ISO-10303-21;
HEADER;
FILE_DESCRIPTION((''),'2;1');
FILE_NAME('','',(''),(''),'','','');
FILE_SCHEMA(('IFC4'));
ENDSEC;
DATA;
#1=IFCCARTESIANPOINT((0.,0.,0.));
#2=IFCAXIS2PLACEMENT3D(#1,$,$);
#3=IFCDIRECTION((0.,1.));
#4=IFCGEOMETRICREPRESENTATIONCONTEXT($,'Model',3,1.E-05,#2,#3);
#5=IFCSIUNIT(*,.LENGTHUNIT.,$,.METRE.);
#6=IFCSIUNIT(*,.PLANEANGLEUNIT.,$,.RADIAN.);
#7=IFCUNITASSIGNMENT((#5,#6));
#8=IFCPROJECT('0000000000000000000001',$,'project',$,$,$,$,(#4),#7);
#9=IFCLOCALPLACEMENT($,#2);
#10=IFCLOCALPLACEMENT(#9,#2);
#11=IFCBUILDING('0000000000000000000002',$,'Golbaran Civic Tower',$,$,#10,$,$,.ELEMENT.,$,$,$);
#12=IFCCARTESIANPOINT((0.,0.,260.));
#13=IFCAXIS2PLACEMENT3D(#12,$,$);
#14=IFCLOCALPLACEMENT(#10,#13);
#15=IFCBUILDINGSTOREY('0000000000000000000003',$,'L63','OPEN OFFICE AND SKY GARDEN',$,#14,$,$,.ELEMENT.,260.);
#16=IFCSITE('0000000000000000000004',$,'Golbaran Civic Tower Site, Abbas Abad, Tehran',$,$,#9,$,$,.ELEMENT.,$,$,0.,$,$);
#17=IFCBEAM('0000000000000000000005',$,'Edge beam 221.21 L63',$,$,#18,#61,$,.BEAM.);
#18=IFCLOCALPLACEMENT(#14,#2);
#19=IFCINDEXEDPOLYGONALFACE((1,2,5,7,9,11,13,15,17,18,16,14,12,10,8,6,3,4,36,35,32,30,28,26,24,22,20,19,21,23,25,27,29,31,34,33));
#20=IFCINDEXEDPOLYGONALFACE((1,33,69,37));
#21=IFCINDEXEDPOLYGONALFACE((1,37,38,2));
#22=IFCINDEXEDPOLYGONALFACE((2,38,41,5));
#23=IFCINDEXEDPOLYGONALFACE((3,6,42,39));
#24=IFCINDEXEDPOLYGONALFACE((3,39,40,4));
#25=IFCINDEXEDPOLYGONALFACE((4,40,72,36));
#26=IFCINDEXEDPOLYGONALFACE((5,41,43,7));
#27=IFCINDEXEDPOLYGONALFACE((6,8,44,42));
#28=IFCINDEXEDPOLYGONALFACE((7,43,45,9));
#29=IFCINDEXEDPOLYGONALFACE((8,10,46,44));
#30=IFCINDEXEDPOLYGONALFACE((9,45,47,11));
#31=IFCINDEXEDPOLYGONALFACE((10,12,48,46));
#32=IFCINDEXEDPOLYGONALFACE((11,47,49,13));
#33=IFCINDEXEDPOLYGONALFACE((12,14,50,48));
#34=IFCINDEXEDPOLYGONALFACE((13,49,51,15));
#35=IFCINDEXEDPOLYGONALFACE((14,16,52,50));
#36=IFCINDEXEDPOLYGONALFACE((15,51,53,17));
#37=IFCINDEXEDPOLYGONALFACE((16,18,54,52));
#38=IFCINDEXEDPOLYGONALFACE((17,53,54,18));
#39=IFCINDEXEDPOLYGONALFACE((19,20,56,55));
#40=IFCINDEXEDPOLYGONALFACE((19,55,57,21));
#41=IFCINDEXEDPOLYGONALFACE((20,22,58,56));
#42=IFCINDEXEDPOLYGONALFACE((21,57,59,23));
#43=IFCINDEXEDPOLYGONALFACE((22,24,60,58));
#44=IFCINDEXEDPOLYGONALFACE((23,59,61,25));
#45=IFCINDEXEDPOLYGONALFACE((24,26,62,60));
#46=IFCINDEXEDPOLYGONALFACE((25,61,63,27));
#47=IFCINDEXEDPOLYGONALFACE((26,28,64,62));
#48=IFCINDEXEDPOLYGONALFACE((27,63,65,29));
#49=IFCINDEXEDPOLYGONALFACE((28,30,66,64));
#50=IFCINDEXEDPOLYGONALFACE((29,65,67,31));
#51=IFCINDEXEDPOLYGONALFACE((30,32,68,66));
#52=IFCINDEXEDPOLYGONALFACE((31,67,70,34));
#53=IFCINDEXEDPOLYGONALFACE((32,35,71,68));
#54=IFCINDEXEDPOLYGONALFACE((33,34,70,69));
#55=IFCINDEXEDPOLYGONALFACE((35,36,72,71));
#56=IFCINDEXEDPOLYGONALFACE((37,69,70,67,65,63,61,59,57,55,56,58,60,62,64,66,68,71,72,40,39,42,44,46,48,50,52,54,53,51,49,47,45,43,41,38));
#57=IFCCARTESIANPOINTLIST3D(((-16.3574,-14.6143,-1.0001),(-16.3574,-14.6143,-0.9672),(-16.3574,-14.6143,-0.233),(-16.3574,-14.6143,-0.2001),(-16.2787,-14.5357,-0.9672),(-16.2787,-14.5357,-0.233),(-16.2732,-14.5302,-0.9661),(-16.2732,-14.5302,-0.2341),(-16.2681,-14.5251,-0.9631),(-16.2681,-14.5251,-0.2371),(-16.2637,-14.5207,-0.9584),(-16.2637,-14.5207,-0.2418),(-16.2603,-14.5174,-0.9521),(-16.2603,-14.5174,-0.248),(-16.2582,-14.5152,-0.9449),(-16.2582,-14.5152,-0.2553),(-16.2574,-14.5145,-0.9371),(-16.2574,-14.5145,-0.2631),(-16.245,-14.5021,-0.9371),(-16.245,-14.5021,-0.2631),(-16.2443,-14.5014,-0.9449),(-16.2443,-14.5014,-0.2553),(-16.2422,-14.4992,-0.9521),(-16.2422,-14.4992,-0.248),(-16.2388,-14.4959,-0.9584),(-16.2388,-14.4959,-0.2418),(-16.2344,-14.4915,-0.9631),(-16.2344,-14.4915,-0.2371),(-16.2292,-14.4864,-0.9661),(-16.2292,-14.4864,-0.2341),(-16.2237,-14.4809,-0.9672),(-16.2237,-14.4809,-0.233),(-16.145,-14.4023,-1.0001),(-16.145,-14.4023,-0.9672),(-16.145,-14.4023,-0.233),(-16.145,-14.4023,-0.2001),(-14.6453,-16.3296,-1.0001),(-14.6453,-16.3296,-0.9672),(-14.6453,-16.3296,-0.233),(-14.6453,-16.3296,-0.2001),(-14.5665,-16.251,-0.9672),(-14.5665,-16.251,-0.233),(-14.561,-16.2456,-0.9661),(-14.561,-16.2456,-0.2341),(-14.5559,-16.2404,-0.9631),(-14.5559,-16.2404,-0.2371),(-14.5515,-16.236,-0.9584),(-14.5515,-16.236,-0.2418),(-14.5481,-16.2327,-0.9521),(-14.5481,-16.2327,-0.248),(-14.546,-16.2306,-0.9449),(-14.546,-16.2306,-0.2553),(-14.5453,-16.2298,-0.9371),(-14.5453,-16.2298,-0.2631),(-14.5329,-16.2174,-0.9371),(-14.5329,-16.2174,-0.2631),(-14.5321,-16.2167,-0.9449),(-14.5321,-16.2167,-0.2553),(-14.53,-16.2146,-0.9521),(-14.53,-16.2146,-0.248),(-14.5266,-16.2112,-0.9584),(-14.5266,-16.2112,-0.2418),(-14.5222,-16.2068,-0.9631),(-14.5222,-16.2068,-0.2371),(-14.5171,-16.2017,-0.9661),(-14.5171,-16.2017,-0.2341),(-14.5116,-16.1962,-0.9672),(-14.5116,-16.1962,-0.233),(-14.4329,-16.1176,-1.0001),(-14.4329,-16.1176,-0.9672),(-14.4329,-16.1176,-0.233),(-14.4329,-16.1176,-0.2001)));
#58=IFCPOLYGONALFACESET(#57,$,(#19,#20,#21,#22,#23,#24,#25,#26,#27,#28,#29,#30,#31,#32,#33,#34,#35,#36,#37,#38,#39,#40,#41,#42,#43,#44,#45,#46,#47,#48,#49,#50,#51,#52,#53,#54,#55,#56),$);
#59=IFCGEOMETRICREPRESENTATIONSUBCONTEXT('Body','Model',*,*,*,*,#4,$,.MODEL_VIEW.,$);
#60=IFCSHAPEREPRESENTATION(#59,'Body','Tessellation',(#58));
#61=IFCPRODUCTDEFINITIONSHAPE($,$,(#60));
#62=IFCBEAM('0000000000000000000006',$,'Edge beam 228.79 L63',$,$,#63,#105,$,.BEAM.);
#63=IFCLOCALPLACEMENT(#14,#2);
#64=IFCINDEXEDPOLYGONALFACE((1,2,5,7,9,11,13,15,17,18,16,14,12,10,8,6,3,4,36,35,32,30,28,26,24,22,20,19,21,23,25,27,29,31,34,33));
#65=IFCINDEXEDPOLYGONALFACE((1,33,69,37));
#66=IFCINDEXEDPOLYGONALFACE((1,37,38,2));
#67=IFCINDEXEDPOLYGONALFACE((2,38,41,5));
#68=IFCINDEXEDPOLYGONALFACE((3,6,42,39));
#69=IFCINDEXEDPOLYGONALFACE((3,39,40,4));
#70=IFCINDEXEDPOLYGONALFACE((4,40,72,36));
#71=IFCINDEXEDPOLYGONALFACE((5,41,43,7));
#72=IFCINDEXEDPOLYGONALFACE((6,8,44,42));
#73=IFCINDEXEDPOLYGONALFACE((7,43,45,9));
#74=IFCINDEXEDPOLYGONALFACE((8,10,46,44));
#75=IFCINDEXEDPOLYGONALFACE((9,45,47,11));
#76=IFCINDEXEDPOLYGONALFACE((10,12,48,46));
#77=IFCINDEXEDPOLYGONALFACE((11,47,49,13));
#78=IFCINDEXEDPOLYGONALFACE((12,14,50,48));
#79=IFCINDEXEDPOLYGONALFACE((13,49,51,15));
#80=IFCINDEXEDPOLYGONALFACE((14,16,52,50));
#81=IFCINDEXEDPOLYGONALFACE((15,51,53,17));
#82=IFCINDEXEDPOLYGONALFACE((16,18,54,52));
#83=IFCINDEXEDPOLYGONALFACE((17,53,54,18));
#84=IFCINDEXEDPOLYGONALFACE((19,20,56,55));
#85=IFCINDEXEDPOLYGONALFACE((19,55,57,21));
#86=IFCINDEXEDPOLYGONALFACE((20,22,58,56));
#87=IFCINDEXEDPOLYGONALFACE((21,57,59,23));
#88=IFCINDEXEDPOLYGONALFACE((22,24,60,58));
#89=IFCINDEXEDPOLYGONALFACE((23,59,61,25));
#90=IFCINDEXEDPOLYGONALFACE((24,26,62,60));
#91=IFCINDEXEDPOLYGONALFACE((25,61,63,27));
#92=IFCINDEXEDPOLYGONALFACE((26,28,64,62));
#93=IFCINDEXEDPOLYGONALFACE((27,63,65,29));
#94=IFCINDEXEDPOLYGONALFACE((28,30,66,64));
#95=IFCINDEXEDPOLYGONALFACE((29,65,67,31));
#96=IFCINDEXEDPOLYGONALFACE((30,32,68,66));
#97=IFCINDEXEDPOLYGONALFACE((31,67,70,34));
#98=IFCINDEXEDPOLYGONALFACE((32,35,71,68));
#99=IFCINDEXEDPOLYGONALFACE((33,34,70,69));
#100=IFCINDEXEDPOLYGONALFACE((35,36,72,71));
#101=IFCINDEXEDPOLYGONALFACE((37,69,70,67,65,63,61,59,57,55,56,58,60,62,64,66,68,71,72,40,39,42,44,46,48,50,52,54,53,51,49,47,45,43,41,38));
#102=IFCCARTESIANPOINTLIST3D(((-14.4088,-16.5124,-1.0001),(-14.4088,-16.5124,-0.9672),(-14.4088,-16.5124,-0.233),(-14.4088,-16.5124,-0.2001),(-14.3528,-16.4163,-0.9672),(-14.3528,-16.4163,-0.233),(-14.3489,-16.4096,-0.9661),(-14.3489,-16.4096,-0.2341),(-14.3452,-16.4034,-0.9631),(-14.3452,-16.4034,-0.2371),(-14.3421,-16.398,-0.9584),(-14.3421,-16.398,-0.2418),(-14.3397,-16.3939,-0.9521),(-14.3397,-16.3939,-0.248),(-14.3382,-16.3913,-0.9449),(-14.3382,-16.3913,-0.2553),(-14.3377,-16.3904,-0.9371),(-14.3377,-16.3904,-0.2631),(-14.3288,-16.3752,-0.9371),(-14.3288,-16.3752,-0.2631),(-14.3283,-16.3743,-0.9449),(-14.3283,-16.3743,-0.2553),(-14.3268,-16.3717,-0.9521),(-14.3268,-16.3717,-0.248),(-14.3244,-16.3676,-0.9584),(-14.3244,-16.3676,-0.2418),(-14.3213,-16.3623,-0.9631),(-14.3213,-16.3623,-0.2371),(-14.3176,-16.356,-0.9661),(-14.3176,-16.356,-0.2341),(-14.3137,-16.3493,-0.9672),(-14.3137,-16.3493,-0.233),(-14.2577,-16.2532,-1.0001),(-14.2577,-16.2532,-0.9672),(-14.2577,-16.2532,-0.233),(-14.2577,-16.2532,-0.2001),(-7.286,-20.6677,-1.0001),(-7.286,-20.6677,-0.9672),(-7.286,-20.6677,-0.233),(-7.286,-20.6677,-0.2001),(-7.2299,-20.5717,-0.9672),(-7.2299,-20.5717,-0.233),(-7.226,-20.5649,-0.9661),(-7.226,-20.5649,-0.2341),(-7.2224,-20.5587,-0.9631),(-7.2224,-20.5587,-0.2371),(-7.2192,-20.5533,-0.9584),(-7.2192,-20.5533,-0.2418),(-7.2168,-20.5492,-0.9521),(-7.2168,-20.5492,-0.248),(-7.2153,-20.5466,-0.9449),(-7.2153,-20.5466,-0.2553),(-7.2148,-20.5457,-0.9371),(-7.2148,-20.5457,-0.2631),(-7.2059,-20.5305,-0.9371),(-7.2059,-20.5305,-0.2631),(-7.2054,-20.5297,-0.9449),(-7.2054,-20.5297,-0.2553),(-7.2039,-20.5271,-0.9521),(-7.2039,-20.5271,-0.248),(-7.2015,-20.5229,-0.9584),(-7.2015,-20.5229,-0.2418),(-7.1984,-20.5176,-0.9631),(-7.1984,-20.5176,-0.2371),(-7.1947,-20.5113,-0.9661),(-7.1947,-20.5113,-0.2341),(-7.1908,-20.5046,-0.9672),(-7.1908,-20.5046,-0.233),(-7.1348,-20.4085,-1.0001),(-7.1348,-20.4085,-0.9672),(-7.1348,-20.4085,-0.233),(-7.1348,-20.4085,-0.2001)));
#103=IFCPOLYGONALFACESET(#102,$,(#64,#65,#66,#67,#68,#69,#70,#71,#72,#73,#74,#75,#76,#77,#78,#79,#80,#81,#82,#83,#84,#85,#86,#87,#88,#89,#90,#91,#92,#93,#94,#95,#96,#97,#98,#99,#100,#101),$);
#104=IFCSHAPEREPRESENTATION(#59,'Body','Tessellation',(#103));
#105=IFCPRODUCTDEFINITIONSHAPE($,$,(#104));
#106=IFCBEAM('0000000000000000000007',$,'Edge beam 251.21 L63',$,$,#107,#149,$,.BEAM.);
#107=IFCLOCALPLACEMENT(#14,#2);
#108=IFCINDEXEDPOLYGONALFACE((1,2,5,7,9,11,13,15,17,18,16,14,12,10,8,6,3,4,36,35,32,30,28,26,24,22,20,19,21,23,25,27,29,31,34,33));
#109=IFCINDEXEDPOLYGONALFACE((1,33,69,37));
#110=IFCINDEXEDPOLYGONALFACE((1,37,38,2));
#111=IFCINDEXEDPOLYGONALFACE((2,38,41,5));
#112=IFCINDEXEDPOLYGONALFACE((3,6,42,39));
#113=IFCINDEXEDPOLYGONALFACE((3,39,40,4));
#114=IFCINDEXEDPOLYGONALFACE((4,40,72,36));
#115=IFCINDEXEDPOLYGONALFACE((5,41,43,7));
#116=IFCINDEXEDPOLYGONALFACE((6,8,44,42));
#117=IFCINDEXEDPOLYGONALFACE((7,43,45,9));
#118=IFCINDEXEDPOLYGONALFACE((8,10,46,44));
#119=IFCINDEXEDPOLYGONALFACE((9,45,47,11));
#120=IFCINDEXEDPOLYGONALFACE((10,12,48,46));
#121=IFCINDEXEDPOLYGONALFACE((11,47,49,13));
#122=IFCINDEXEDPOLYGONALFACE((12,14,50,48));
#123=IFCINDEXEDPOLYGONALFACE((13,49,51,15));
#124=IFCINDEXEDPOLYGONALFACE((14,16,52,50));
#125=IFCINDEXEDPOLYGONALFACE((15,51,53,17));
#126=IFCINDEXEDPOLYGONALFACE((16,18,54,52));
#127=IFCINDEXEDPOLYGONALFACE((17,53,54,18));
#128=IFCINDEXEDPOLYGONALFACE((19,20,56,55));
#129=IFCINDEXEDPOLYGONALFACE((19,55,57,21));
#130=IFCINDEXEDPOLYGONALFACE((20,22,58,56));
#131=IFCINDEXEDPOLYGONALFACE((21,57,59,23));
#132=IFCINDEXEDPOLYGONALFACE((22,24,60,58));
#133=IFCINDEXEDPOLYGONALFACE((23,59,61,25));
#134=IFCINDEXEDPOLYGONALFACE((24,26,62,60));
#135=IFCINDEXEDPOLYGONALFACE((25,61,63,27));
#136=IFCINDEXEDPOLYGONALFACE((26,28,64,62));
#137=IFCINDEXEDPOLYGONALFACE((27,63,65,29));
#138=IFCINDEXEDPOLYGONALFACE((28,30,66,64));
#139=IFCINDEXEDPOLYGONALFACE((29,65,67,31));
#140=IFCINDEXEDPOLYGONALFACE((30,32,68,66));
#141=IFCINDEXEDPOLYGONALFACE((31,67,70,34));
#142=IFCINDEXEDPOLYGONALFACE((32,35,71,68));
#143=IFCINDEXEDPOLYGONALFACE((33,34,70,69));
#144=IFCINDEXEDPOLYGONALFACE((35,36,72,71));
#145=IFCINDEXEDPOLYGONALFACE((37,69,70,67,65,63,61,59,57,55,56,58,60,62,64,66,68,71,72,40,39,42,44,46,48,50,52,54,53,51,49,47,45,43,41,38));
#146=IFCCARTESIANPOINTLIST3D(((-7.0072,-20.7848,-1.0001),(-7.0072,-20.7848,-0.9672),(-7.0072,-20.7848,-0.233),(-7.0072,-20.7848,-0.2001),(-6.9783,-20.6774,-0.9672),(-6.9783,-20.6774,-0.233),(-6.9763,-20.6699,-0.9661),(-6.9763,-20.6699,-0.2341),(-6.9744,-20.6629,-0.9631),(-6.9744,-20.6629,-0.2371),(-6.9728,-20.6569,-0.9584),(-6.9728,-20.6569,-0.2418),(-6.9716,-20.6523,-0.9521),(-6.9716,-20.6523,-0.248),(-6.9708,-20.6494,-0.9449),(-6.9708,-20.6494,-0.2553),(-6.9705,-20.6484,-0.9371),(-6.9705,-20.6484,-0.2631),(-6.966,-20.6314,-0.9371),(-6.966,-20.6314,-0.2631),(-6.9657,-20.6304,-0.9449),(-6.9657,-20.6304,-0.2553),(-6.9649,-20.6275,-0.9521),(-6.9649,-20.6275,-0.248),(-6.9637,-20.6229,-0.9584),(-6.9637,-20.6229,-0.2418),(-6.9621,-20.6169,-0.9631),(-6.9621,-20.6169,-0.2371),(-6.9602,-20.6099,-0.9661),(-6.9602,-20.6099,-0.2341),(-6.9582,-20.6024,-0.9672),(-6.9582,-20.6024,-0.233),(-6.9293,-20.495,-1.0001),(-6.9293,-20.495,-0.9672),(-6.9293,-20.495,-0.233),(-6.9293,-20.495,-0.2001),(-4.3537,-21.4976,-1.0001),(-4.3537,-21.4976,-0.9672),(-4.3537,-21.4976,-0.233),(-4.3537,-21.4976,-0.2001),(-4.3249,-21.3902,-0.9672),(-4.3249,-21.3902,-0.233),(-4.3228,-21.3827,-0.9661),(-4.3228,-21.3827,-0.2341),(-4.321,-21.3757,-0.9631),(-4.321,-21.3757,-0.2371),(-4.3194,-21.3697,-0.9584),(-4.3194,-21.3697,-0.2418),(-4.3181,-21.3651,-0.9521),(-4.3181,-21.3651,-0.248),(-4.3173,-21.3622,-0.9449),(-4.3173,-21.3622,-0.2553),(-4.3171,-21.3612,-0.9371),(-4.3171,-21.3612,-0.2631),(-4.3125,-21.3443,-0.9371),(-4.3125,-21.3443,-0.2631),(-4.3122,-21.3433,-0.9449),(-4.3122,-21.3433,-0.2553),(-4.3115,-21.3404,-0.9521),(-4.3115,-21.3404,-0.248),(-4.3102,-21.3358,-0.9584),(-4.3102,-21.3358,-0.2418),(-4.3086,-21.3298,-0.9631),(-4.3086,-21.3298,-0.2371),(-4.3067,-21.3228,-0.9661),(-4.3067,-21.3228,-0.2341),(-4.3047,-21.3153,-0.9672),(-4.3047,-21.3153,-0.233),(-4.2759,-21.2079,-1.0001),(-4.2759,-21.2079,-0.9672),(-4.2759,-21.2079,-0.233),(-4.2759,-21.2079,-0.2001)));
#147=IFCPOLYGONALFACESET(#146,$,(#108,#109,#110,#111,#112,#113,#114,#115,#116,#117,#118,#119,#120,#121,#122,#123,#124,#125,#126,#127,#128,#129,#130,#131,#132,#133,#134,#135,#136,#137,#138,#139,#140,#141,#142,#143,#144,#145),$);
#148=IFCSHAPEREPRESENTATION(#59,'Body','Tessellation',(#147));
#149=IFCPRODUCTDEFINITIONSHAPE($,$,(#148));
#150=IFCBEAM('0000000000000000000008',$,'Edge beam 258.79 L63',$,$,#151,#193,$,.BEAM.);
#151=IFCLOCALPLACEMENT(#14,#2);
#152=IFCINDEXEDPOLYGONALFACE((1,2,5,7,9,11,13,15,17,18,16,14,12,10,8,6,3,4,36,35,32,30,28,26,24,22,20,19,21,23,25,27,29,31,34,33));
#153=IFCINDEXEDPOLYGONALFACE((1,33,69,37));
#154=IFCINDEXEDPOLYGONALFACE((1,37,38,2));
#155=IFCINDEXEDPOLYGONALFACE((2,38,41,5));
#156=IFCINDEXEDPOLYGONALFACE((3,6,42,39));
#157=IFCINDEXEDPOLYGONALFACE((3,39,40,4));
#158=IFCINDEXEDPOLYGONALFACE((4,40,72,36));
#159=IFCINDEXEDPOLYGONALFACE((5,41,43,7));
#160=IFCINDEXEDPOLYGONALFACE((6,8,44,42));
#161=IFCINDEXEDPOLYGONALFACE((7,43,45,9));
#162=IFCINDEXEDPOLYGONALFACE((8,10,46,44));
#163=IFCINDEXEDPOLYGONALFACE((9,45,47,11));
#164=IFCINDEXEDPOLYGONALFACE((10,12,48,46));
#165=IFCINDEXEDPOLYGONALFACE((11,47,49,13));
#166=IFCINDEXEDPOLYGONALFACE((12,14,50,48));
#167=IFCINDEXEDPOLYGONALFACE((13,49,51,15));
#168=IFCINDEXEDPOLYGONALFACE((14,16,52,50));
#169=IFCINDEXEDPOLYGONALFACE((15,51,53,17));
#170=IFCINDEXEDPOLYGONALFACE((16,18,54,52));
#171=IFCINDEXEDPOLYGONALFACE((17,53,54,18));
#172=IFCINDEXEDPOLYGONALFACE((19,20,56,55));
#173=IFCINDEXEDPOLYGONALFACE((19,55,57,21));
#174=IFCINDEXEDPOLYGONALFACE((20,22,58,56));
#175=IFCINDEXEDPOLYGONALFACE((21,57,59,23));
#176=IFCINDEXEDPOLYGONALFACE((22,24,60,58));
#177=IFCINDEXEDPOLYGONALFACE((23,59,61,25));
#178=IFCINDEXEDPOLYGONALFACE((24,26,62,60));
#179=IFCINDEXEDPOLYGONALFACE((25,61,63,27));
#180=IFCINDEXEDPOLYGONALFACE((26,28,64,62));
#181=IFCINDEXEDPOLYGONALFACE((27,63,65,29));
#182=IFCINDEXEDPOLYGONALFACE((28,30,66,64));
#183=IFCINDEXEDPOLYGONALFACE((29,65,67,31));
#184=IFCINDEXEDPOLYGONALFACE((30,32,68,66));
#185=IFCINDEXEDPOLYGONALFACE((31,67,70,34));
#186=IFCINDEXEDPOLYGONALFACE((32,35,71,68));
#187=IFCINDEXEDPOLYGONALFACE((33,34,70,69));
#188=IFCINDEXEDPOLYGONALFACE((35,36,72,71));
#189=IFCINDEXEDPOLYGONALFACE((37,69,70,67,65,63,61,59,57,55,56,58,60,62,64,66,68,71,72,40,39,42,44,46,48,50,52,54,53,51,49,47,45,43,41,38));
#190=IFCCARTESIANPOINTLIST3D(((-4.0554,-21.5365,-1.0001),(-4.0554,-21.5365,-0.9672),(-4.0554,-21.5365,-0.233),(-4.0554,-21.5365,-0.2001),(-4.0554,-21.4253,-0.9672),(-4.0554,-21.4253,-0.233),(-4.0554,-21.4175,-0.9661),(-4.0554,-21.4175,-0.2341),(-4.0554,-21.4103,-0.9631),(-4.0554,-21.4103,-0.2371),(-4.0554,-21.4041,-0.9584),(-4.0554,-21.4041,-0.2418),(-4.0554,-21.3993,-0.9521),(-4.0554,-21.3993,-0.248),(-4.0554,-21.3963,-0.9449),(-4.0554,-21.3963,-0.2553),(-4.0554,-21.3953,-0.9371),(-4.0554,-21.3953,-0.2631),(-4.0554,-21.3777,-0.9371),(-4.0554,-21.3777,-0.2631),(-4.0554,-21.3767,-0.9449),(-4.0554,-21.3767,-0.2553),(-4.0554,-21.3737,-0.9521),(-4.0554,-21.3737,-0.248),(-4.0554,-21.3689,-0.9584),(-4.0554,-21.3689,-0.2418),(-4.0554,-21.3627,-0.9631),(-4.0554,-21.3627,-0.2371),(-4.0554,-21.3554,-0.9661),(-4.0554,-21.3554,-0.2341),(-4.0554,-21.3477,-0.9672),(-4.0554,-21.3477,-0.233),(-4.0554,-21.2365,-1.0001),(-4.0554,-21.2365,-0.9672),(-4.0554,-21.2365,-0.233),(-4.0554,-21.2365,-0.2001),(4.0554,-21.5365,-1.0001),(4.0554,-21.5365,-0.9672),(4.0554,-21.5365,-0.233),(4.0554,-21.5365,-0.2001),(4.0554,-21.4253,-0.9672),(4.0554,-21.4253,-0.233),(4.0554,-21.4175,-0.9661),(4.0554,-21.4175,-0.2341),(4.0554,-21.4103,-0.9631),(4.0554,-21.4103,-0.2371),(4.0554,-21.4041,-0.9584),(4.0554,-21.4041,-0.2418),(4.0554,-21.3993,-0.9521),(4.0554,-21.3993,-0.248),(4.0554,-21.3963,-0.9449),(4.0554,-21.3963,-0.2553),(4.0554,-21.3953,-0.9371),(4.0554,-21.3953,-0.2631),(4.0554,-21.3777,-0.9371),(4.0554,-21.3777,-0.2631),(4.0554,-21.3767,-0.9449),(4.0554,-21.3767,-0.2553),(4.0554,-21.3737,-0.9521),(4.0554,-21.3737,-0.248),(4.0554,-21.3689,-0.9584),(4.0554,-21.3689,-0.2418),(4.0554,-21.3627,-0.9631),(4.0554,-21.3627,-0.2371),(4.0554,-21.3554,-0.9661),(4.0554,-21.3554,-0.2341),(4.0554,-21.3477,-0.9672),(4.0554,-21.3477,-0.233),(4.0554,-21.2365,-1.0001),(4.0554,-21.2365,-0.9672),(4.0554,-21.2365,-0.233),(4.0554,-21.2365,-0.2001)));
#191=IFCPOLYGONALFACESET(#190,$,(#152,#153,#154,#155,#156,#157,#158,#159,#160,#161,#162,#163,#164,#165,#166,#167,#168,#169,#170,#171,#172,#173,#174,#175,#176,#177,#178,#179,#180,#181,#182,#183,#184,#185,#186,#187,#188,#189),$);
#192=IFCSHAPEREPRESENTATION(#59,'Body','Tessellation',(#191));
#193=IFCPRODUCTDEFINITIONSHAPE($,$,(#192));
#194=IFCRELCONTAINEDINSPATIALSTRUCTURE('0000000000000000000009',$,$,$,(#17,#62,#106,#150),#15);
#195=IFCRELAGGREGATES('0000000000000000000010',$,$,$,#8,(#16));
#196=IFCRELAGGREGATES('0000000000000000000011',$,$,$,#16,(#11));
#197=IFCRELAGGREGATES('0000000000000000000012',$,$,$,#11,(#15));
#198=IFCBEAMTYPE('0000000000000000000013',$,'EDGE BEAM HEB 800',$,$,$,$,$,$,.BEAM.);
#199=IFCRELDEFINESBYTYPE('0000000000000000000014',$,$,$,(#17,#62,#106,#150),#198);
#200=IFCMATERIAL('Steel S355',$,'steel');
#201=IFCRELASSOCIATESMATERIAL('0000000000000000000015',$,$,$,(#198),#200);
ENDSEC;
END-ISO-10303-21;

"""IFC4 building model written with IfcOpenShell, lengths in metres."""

from ifc_helpers import new_model, si_unit, direction, frame, origin, origin_2d, place, context, subcontext, project, spatial, i_section, extrude, material, material_profile, profile_set, type_object, element, save


model = new_model("IFC4")

# Units and contexts
model_context = context("Model", 3, precision=1e-05, world=origin(), true_north=direction((0.0, 1.0)))
body_context = subcontext(model_context, "Body", "Model", "MODEL_VIEW")
ifc_project = project(units=[si_unit("LENGTHUNIT", "METRE"), si_unit("PLANEANGLEUNIT", "RADIAN")], contexts=[model_context])

# Site, building, storey
site_placement = place(None, origin())
site = spatial("IfcSite", under=ifc_project, at=site_placement, Name="Golbaran Civic Tower Site, Abbas Abad, Tehran", CompositionType="ELEMENT", RefElevation=0.0)
building_placement = place(site_placement, origin())
building = spatial("IfcBuilding", under=site, at=building_placement, Name="Golbaran Civic Tower", CompositionType="ELEMENT")
storey_placement = place(building_placement, frame((0.0, 0.0, 260.0)))
storey = spatial("IfcBuildingStorey", under=building, at=storey_placement, Name="L63", Description="OPEN OFFICE AND SKY GARDEN", CompositionType="ELEMENT", Elevation=260.0)

# Beams
ifc_material_1 = material(Name="Steel S355", Category="steel")
ifc_material_profile_1 = material_profile(ifc_material_1, i_section(OverallWidth=0.3, OverallDepth=0.8, WebThickness=0.0176, FlangeThickness=0.033, FilletRadius=0.03, at=origin_2d()), Name="HEB 800")
ifc_profile_set_1 = profile_set([ifc_material_profile_1], Name="Steel S355")
beam_type_1 = type_object("IfcBeamType", Name="EDGE BEAM HEB 800", PredefinedType="BEAM", material=ifc_profile_set_1)
beam_1_placement = place(storey_placement, frame((-16.2512, -14.5083, -0.6001), z_axis=(0.706452, -0.707761, 0.0), x_axis=(0.707761, 0.706452, 0.0)))
element("IfcBeam", 1, at=beam_1_placement, inside=storey, type_object=beam_type_1, Name="Edge beam 221.21 L63", PredefinedType="BEAM", context=body_context, shape_type="SweptSolid", body=[
    extrude(i_section(OverallWidth=0.3, OverallDepth=0.8, WebThickness=0.0176, FlangeThickness=0.033, FilletRadius=0.03, at=origin_2d()), origin(), (0.0, 0.0, 1.0), 2.4236),
])
beam_2_placement = place(storey_placement, frame((-14.3333, -16.3828, -0.6001), z_axis=(0.863763, -0.503899, 0.0), x_axis=(0.503899, 0.863763, 0.0)))
element("IfcBeam", 2, at=beam_2_placement, inside=storey, type_object=beam_type_1, Name="Edge beam 228.79 L63", PredefinedType="BEAM", context=body_context, shape_type="SweptSolid", body=[
    extrude(i_section(OverallWidth=0.3, OverallDepth=0.8, WebThickness=0.0176, FlangeThickness=0.033, FilletRadius=0.03, at=origin_2d()), origin(), (0.0, 0.0, 1.0), 8.2463),
])
beam_3_placement = place(storey_placement, frame((-6.9683, -20.6399, -0.6001), z_axis=(0.965755, -0.259454, 0.0), x_axis=(0.259454, 0.965755, 0.0)))
element("IfcBeam", 3, at=beam_3_placement, inside=storey, type_object=beam_type_1, Name="Edge beam 251.21 L63", PredefinedType="BEAM", context=body_context, shape_type="SweptSolid", body=[
    extrude(i_section(OverallWidth=0.3, OverallDepth=0.8, WebThickness=0.0176, FlangeThickness=0.033, FilletRadius=0.03, at=origin_2d()), origin(), (0.0, 0.0, 1.0), 2.7476),
])
beam_4_placement = place(storey_placement, frame((-4.0554, -21.3865, -0.6001), z_axis=(1.0, 0.0, 0.0), x_axis=(0.0, 1.0, 0.0)))
element("IfcBeam", 4, at=beam_4_placement, inside=storey, type_object=beam_type_1, Name="Edge beam 258.79 L63", PredefinedType="BEAM", context=body_context, shape_type="SweptSolid", body=[
    extrude(i_section(OverallWidth=0.3, OverallDepth=0.8, WebThickness=0.0176, FlangeThickness=0.033, FilletRadius=0.03, at=origin_2d()), origin(), (0.0, 0.0, 1.0), 8.1108),
])

save(model, "model.ifc")
